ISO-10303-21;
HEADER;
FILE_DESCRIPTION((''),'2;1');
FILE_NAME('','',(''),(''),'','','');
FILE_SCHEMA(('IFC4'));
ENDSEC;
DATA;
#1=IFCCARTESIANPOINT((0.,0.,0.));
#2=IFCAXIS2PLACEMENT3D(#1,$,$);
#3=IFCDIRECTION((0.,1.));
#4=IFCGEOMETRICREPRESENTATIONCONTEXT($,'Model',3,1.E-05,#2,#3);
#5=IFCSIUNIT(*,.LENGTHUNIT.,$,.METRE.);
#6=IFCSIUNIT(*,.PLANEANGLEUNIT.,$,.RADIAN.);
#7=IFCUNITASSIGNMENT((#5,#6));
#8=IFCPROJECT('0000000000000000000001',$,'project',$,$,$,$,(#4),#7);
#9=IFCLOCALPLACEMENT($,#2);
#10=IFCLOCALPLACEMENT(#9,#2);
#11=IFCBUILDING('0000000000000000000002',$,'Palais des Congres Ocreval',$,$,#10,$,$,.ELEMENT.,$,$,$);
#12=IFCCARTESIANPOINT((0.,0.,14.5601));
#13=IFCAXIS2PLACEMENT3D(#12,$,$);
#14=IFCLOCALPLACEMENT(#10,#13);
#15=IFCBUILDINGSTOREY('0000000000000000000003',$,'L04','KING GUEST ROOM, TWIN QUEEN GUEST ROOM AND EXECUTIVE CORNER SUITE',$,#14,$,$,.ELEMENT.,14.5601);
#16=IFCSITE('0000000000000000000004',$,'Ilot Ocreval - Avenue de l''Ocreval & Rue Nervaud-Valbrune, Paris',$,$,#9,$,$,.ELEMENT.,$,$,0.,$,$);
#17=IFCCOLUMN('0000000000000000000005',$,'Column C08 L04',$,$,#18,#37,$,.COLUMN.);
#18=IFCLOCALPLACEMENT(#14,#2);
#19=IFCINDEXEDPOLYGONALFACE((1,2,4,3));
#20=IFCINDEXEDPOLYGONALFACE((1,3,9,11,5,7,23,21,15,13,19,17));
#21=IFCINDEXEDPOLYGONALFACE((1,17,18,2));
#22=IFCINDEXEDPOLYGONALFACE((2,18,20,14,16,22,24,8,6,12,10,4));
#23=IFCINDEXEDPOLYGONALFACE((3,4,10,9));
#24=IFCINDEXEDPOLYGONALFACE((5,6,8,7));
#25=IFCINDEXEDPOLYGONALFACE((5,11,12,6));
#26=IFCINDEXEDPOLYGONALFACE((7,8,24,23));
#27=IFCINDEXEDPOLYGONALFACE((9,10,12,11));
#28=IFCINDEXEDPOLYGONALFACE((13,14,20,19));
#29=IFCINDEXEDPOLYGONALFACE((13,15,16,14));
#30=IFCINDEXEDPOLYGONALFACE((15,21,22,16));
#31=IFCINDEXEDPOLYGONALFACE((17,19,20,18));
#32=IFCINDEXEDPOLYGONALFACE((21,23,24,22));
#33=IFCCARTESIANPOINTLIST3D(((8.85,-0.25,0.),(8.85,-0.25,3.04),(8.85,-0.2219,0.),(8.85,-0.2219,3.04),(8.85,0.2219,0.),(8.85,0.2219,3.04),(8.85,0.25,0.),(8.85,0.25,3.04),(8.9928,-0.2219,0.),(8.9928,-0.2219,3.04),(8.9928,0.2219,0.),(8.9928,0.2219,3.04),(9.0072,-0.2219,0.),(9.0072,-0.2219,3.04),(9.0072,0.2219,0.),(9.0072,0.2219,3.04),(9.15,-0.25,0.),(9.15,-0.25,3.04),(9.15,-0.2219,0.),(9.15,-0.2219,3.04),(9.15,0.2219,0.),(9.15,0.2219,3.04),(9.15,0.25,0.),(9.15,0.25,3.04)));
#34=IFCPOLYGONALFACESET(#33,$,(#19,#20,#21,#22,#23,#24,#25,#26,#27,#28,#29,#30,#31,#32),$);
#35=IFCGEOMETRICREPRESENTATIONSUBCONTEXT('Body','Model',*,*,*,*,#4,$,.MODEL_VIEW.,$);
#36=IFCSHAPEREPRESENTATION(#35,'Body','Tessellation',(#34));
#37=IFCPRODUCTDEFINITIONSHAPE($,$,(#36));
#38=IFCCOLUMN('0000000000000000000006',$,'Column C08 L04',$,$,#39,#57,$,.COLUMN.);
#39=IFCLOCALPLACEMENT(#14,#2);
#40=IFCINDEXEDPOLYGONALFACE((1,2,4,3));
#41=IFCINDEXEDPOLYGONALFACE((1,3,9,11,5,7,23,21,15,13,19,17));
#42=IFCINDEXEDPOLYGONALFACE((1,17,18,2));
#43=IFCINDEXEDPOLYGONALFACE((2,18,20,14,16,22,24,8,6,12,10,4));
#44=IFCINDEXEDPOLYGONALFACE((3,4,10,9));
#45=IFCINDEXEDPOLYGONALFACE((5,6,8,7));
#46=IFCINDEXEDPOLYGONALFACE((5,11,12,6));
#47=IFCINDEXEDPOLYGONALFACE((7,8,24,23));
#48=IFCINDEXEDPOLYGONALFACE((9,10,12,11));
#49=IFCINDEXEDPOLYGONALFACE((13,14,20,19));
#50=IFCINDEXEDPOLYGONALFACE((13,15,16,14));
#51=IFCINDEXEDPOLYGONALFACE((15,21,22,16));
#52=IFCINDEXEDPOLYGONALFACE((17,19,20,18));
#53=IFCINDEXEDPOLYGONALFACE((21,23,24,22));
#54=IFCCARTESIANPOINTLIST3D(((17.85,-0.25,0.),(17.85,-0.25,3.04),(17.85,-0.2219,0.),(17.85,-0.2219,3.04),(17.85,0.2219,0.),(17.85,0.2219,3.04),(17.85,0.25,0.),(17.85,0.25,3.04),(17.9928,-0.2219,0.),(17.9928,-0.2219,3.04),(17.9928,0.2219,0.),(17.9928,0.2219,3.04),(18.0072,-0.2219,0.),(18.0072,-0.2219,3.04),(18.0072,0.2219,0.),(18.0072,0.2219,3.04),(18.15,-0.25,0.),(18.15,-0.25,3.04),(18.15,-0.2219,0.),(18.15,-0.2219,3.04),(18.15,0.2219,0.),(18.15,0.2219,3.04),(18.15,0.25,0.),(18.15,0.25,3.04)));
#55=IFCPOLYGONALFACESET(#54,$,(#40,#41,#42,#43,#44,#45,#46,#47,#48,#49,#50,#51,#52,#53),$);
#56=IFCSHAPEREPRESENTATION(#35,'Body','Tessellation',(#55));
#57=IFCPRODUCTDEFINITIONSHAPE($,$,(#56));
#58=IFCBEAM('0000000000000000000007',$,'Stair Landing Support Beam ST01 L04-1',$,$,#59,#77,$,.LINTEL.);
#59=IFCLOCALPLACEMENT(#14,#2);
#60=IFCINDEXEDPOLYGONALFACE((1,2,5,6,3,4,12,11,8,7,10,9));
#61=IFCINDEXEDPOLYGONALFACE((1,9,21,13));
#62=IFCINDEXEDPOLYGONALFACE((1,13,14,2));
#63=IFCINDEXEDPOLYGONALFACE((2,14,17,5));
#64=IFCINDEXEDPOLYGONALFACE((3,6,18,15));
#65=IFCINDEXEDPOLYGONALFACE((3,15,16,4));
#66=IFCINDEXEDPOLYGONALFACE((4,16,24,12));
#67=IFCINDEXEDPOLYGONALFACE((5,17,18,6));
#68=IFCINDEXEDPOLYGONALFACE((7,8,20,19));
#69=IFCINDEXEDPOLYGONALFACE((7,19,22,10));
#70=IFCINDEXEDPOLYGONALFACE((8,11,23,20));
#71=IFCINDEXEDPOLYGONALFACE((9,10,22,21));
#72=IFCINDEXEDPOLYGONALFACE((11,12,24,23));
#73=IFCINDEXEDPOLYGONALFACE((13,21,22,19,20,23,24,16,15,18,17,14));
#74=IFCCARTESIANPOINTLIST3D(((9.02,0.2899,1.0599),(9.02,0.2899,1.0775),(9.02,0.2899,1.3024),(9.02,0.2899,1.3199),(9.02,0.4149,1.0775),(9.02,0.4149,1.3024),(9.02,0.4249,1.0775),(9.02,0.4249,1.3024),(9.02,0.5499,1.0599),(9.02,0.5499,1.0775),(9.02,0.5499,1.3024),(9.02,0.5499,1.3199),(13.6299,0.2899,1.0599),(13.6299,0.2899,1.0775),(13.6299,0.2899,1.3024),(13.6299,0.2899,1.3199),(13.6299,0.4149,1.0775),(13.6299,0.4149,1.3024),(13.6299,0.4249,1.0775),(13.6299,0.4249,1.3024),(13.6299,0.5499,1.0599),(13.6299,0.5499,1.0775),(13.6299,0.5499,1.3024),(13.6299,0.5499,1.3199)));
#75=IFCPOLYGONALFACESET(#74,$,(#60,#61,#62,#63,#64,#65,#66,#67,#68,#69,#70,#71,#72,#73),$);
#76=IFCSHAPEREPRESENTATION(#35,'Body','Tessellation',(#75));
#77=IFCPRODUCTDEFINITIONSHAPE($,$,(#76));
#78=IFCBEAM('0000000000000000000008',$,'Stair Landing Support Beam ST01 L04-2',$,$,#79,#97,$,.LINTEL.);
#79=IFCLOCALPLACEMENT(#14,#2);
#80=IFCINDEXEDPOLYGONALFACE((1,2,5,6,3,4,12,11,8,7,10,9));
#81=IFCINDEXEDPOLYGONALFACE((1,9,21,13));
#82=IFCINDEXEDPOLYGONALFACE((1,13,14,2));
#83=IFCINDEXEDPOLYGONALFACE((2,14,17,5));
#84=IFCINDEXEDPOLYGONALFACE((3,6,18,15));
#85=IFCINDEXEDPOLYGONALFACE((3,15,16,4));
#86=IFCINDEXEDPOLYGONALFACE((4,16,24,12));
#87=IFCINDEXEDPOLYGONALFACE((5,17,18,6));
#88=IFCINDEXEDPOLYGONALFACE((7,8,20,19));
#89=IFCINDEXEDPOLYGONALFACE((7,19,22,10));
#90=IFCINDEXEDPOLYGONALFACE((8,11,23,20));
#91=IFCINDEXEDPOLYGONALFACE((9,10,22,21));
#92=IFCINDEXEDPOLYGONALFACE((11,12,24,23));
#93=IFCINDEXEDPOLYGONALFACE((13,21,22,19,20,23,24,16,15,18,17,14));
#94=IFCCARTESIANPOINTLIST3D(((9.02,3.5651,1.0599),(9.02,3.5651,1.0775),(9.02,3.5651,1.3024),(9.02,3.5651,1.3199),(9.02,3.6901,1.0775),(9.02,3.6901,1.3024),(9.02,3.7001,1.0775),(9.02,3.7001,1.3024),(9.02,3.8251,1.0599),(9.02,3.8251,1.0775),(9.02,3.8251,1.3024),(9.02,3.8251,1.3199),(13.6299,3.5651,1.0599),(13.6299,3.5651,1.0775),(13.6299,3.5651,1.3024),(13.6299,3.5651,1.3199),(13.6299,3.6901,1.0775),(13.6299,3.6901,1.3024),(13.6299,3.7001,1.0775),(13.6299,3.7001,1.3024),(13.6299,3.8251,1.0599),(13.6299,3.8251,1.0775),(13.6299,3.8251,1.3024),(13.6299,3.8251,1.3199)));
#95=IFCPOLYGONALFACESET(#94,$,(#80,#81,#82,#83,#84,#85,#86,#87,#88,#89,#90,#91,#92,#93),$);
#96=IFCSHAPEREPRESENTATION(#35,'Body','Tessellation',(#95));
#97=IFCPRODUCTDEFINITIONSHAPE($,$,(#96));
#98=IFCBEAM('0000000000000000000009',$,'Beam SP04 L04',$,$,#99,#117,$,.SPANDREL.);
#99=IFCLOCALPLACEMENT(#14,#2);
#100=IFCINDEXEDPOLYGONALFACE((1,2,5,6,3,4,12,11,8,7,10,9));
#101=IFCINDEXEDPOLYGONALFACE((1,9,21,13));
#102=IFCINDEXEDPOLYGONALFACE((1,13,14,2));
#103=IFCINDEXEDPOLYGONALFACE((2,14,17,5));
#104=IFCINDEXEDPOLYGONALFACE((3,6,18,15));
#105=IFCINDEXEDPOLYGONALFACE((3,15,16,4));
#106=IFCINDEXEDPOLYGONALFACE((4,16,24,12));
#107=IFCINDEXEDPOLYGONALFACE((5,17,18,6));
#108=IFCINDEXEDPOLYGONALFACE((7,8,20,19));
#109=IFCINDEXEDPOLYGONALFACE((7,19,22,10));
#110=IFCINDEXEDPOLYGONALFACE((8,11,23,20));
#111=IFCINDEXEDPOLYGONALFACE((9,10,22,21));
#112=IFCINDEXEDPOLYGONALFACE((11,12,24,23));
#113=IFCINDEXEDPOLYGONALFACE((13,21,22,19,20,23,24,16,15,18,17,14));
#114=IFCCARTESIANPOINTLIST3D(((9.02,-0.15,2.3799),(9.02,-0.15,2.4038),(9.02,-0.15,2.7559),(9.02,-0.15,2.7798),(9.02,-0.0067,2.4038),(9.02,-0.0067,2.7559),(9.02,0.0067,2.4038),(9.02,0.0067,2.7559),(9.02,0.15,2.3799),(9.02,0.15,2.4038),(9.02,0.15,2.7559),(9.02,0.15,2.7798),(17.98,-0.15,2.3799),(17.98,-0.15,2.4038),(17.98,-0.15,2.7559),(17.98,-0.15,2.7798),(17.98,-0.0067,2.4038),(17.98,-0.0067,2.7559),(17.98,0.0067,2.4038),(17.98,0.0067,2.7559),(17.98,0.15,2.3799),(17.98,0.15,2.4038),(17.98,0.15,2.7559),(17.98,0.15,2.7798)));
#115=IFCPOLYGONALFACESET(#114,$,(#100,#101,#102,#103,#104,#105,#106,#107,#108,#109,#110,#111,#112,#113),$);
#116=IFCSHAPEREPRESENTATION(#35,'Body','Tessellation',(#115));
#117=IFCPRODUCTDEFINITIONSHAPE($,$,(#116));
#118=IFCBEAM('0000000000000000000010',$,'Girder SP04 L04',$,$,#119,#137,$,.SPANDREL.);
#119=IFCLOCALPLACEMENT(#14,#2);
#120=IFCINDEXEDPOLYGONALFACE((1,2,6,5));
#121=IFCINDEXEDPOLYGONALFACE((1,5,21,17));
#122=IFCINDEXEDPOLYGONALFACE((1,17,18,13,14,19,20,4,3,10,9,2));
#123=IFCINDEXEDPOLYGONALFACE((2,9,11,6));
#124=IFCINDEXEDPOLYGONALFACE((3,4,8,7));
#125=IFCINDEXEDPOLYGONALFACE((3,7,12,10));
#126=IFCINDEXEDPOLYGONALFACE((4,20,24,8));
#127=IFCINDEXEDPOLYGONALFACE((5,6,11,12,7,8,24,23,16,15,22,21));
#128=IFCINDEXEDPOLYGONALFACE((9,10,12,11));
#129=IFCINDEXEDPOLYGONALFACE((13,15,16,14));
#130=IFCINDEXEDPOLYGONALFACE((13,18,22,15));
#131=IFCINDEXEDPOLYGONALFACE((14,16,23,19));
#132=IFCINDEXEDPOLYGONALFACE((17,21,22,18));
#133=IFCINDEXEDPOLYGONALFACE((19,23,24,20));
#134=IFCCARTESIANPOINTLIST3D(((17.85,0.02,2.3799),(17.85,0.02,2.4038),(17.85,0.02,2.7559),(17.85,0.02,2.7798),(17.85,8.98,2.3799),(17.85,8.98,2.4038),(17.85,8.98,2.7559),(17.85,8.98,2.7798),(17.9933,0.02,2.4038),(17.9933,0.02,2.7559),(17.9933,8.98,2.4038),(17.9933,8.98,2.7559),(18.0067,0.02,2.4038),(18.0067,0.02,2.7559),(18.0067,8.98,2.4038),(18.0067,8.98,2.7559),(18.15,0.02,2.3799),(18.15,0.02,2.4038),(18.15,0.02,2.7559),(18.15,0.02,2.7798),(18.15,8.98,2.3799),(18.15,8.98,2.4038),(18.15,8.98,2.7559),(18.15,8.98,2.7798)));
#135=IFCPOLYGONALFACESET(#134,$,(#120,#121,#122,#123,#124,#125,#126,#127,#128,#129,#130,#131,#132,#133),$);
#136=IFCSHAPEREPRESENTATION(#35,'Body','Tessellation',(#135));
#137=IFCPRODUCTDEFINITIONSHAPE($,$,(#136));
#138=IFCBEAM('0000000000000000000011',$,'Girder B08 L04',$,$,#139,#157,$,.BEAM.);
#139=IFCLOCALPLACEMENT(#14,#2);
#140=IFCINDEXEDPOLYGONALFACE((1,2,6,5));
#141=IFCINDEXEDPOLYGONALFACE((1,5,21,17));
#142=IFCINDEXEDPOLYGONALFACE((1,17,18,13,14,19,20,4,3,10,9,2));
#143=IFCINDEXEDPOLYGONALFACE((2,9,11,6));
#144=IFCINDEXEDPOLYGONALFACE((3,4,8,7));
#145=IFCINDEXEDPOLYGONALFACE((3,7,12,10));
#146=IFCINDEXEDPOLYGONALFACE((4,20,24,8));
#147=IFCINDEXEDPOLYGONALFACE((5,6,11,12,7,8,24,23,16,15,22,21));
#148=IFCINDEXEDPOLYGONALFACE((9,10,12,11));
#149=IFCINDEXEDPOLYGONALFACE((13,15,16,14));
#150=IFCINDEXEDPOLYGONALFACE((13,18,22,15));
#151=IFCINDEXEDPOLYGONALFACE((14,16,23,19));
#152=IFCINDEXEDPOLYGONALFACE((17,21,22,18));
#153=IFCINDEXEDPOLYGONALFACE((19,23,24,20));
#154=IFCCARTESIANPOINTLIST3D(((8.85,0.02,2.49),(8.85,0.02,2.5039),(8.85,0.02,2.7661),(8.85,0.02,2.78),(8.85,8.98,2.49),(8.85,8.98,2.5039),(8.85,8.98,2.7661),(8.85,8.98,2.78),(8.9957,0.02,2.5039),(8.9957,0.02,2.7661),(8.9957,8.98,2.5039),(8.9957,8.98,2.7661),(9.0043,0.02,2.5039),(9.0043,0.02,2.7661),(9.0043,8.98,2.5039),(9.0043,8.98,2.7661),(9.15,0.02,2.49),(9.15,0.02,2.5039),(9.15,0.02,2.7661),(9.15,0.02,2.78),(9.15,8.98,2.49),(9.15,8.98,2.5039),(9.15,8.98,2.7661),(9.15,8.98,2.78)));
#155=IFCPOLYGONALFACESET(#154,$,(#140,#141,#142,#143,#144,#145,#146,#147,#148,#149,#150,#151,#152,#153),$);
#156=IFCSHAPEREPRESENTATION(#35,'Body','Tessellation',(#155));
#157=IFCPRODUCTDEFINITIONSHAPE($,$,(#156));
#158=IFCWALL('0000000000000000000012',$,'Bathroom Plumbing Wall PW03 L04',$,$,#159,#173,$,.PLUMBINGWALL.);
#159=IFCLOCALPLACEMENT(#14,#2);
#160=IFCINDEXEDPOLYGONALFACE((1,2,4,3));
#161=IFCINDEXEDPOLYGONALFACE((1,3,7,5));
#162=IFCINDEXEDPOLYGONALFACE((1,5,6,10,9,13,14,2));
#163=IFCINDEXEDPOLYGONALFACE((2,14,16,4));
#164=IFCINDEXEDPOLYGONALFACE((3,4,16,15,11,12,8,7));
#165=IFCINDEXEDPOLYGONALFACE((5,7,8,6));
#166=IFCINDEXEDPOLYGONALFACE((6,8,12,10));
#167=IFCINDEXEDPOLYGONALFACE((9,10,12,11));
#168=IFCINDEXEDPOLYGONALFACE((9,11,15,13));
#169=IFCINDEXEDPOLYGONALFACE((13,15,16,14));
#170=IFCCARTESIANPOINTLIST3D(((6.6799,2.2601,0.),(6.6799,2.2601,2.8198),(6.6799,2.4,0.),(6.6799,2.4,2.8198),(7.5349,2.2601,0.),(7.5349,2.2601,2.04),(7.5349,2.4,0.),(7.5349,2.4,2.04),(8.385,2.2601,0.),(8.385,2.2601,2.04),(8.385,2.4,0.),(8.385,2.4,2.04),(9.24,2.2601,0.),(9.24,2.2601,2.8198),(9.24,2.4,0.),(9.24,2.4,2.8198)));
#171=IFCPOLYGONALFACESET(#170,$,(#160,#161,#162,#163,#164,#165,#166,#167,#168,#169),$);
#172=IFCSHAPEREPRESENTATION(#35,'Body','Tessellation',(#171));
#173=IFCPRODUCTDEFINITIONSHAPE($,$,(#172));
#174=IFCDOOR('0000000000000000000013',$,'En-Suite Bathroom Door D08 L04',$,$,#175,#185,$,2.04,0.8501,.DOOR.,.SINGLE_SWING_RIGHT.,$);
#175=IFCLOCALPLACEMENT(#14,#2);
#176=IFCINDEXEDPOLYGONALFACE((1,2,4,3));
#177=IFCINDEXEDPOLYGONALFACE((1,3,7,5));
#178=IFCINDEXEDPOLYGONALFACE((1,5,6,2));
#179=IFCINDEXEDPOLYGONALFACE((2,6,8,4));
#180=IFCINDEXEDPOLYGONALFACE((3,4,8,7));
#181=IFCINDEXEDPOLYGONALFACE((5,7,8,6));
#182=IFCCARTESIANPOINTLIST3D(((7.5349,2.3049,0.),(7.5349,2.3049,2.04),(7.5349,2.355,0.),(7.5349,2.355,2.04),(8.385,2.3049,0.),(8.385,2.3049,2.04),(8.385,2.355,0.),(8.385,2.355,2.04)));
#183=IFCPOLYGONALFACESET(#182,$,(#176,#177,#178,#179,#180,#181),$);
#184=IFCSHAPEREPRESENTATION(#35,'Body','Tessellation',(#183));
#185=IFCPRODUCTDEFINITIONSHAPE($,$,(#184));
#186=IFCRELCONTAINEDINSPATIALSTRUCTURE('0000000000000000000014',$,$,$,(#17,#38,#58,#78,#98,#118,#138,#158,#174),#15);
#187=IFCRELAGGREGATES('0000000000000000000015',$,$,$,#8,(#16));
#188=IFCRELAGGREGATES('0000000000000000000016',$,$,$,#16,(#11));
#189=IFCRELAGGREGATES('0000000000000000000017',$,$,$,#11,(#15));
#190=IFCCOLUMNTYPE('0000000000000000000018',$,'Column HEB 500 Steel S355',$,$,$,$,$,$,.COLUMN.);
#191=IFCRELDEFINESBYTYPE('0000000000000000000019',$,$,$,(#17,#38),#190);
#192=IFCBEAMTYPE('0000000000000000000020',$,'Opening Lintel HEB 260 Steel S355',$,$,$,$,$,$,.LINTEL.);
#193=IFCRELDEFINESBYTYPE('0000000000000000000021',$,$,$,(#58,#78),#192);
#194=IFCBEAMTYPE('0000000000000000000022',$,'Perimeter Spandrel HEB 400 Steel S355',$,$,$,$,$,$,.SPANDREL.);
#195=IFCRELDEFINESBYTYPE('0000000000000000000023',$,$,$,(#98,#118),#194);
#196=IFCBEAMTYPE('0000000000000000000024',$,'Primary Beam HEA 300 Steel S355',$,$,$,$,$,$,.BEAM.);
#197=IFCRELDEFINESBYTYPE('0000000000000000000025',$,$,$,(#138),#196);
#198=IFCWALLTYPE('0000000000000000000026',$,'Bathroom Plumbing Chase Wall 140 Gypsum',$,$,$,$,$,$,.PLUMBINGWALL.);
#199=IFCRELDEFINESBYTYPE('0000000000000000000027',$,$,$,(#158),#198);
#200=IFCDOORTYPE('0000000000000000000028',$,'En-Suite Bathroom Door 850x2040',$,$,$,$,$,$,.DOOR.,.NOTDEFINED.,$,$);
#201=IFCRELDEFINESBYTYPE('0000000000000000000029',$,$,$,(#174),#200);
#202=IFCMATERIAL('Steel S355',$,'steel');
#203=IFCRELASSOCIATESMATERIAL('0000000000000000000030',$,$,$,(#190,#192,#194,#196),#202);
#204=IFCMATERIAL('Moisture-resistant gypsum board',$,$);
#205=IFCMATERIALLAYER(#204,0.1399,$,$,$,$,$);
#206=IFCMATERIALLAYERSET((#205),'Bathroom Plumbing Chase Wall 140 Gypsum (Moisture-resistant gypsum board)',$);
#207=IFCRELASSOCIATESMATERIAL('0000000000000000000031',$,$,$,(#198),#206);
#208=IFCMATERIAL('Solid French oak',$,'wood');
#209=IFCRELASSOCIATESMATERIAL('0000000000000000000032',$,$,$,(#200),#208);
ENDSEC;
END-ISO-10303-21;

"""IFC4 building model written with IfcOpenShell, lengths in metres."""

from ifc_helpers import new_model, si_unit, direction, frame, frame_2d, origin, origin_2d, place, context, subcontext, project, spatial, rectangle, i_section, extrude, material, layer, layer_set, material_profile, profile_set, type_object, element, fill, save


model = new_model("IFC4")

# Units and contexts
model_context = context("Model", 3, precision=1e-05, world=origin(), true_north=direction((0.0, 1.0)))
body_context = subcontext(model_context, "Body", "Model", "MODEL_VIEW")
ifc_project = project(units=[si_unit("LENGTHUNIT", "METRE"), si_unit("PLANEANGLEUNIT", "RADIAN")], contexts=[model_context])

# Site, building, storey
site_placement = place(None, origin())
site = spatial("IfcSite", under=ifc_project, at=site_placement, Name="Ilot Ocreval - Avenue de l'Ocreval & Rue Nervaud-Valbrune, Paris", CompositionType="ELEMENT", RefElevation=0.0)
building_placement = place(site_placement, origin())
building = spatial("IfcBuilding", under=site, at=building_placement, Name="Palais des Congres Ocreval", CompositionType="ELEMENT")
storey_placement = place(building_placement, frame((0.0, 0.0, 14.5601)))
storey = spatial("IfcBuildingStorey", under=building, at=storey_placement, Name="L04", Description="KING GUEST ROOM, TWIN QUEEN GUEST ROOM AND EXECUTIVE CORNER SUITE", CompositionType="ELEMENT", Elevation=14.5601)

# Columns
ifc_material_1 = material(Name="Steel S355", Category="steel")
ifc_material_profile_1 = material_profile(ifc_material_1, i_section(OverallWidth=0.3, OverallDepth=0.5, WebThickness=0.0144, FlangeThickness=0.0281, at=origin_2d()), Name="HEB 500")
ifc_profile_set_1 = profile_set([ifc_material_profile_1], Name="Steel S355")
column_type = type_object("IfcColumnType", Name="Column HEB 500 Steel S355", PredefinedType="COLUMN", material=ifc_profile_set_1)
for number, where, z_axis, x_axis, name in (
    (1, (9.0, 0.0, 0.0), (0.0, 0.0, 1.0), (1.0, 0.0, 0.0), "Column C08 L04"),
    (2, (18.0, 0.0, 0.0), (0.0, 0.0, 1.0), (1.0, 0.0, 0.0), "Column C08 L04"),
):
    element("IfcColumn", number, at=place(storey_placement, frame(where, z_axis=z_axis, x_axis=x_axis)), inside=storey, type_object=column_type, Name=name, PredefinedType="COLUMN", context=body_context, shape_type="SweptSolid", body=[
        extrude(i_section(OverallWidth=0.3, OverallDepth=0.5, WebThickness=0.0144, FlangeThickness=0.0281, at=origin_2d()), origin(), (0.0, 0.0, 1.0), 3.04),
    ])

# Beams
ifc_material_profile_2 = material_profile(ifc_material_1, i_section(OverallWidth=0.26, OverallDepth=0.26, WebThickness=0.01, FlangeThickness=0.0176, at=origin_2d()), Name="HEB 260")
ifc_profile_set_2 = profile_set([ifc_material_profile_2], Name="Steel S355")
beam_type_1 = type_object("IfcBeamType", Name="Opening Lintel HEB 260 Steel S355", PredefinedType="LINTEL", material=ifc_profile_set_2)
for number, where, z_axis, x_axis, name in (
    (3, (9.02, 0.4199, 1.1899), (1.0, 0.0, 0.0), (0.0, 1.0, 0.0), "Stair Landing Support Beam ST01 L04-1"),
    (4, (9.02, 3.6951, 1.1899), (1.0, 0.0, 0.0), (0.0, 1.0, 0.0), "Stair Landing Support Beam ST01 L04-2"),
):
    element("IfcBeam", number, at=place(storey_placement, frame(where, z_axis=z_axis, x_axis=x_axis)), inside=storey, type_object=beam_type_1, Name=name, PredefinedType="LINTEL", context=body_context, shape_type="SweptSolid", body=[
        extrude(i_section(OverallWidth=0.26, OverallDepth=0.26, WebThickness=0.01, FlangeThickness=0.0176, at=origin_2d()), origin(), (0.0, 0.0, 1.0), 4.6099),
    ])
ifc_material_profile_3 = material_profile(ifc_material_1, i_section(OverallWidth=0.3, OverallDepth=0.3999, WebThickness=0.0134, FlangeThickness=0.0239, at=origin_2d()), Name="HEB 400")
ifc_profile_set_3 = profile_set([ifc_material_profile_3], Name="Steel S355")
beam_type_2 = type_object("IfcBeamType", Name="Perimeter Spandrel HEB 400 Steel S355", PredefinedType="SPANDREL", material=ifc_profile_set_3)
for number, where, z_axis, x_axis, name in (
    (5, (9.02, 0.0, 2.5798), (1.0, 0.0, 0.0), (0.0, 1.0, 0.0), "Beam SP04 L04"),
    (6, (18.0, 0.02, 2.5798), (0.0, 1.0, 0.0), (-1.0, 0.0, 0.0), "Girder SP04 L04"),
):
    element("IfcBeam", number, at=place(storey_placement, frame(where, z_axis=z_axis, x_axis=x_axis)), inside=storey, type_object=beam_type_2, Name=name, PredefinedType="SPANDREL", context=body_context, shape_type="SweptSolid", body=[
        extrude(i_section(OverallWidth=0.3, OverallDepth=0.3999, WebThickness=0.0134, FlangeThickness=0.0239, at=origin_2d()), origin(), (0.0, 0.0, 1.0), 8.96),
    ])
ifc_material_profile_4 = material_profile(ifc_material_1, i_section(OverallWidth=0.3, OverallDepth=0.29, WebThickness=0.0085, FlangeThickness=0.0139, at=origin_2d()), Name="HEA 300")
ifc_profile_set_4 = profile_set([ifc_material_profile_4], Name="Steel S355")
beam_type_3 = type_object("IfcBeamType", Name="Primary Beam HEA 300 Steel S355", PredefinedType="BEAM", material=ifc_profile_set_4)
beam_placement = place(storey_placement, frame((9.0, 0.02, 2.635), z_axis=(0.0, 1.0, 0.0), x_axis=(-1.0, 0.0, 0.0)))
element("IfcBeam", 7, at=beam_placement, inside=storey, type_object=beam_type_3, Name="Girder B08 L04", PredefinedType="BEAM", context=body_context, shape_type="SweptSolid", body=[
    extrude(i_section(OverallWidth=0.3, OverallDepth=0.29, WebThickness=0.0085, FlangeThickness=0.0139, at=origin_2d()), origin(), (0.0, 0.0, 1.0), 8.96),
])

# Wall, opening, door
ifc_material_2 = material(Name="Moisture-resistant gypsum board")
ifc_layer_1 = layer(ifc_material_2, 0.1399)
ifc_layer_set_1 = layer_set([ifc_layer_1], Name="Bathroom Plumbing Chase Wall 140 Gypsum (Moisture-resistant gypsum board)")
wall_type_1 = type_object("IfcWallType", Name="Bathroom Plumbing Chase Wall 140 Gypsum", PredefinedType="PLUMBINGWALL", material=ifc_layer_set_1)
wall_1_placement = place(storey_placement, frame((6.6799, 2.3301, 0.0), z_axis=(0.0, 0.0, 1.0), x_axis=(1.0, 0.0, 0.0)))
wall_1 = element("IfcWall", 8, at=wall_1_placement, inside=storey, type_object=wall_type_1, Name="Bathroom Plumbing Wall PW03 L04", PredefinedType="PLUMBINGWALL", context=body_context, shape_type="SweptSolid", body=[
    extrude(rectangle(XDim=2.5601, YDim=0.1399, at=frame_2d((1.28, 0.0))), origin(), (0.0, 0.0, 1.0), 2.8198),
])
opening_1_placement = place(wall_1_placement, frame((0.855, 0.0, 0.0)))
opening_1 = element("IfcOpeningElement", 9, at=opening_1_placement, cuts=wall_1, PredefinedType="OPENING", context=body_context, shape_type="SweptSolid", body=[
    extrude(rectangle(XDim=0.8501, YDim=2.04, at=frame_2d((0.425, 1.02))), frame((0.0, 0.0798, 0.0), z_axis=(0.0, -1.0, 0.0), x_axis=(1.0, 0.0, 0.0)), (0.0, 0.0, 1.0), 0.1599),
])
ifc_material_3 = material(Name="Solid French oak", Category="wood")
door_type_1 = type_object("IfcDoorType", Name="En-Suite Bathroom Door 850x2040", OperationType="NOTDEFINED", PredefinedType="DOOR", material=ifc_material_3)
door_1_placement = place(opening_1_placement, origin())
door_1 = element("IfcDoor", 10, at=door_1_placement, inside=storey, type_object=door_type_1, Name="En-Suite Bathroom Door D08 L04", OperationType="SINGLE_SWING_RIGHT", OverallHeight=2.04, OverallWidth=0.8501, PredefinedType="DOOR", context=body_context, shape_type="SweptSolid", body=[
    extrude(rectangle(XDim=0.8501, YDim=2.04, at=frame_2d((0.425, 1.02))), frame((0.0, 0.0249, 0.0), z_axis=(0.0, -1.0, 0.0), x_axis=(1.0, 0.0, 0.0)), (0.0, 0.0, 1.0), 0.05),
])
fill(opening_1, door_1)

save(model, "model.ifc")
